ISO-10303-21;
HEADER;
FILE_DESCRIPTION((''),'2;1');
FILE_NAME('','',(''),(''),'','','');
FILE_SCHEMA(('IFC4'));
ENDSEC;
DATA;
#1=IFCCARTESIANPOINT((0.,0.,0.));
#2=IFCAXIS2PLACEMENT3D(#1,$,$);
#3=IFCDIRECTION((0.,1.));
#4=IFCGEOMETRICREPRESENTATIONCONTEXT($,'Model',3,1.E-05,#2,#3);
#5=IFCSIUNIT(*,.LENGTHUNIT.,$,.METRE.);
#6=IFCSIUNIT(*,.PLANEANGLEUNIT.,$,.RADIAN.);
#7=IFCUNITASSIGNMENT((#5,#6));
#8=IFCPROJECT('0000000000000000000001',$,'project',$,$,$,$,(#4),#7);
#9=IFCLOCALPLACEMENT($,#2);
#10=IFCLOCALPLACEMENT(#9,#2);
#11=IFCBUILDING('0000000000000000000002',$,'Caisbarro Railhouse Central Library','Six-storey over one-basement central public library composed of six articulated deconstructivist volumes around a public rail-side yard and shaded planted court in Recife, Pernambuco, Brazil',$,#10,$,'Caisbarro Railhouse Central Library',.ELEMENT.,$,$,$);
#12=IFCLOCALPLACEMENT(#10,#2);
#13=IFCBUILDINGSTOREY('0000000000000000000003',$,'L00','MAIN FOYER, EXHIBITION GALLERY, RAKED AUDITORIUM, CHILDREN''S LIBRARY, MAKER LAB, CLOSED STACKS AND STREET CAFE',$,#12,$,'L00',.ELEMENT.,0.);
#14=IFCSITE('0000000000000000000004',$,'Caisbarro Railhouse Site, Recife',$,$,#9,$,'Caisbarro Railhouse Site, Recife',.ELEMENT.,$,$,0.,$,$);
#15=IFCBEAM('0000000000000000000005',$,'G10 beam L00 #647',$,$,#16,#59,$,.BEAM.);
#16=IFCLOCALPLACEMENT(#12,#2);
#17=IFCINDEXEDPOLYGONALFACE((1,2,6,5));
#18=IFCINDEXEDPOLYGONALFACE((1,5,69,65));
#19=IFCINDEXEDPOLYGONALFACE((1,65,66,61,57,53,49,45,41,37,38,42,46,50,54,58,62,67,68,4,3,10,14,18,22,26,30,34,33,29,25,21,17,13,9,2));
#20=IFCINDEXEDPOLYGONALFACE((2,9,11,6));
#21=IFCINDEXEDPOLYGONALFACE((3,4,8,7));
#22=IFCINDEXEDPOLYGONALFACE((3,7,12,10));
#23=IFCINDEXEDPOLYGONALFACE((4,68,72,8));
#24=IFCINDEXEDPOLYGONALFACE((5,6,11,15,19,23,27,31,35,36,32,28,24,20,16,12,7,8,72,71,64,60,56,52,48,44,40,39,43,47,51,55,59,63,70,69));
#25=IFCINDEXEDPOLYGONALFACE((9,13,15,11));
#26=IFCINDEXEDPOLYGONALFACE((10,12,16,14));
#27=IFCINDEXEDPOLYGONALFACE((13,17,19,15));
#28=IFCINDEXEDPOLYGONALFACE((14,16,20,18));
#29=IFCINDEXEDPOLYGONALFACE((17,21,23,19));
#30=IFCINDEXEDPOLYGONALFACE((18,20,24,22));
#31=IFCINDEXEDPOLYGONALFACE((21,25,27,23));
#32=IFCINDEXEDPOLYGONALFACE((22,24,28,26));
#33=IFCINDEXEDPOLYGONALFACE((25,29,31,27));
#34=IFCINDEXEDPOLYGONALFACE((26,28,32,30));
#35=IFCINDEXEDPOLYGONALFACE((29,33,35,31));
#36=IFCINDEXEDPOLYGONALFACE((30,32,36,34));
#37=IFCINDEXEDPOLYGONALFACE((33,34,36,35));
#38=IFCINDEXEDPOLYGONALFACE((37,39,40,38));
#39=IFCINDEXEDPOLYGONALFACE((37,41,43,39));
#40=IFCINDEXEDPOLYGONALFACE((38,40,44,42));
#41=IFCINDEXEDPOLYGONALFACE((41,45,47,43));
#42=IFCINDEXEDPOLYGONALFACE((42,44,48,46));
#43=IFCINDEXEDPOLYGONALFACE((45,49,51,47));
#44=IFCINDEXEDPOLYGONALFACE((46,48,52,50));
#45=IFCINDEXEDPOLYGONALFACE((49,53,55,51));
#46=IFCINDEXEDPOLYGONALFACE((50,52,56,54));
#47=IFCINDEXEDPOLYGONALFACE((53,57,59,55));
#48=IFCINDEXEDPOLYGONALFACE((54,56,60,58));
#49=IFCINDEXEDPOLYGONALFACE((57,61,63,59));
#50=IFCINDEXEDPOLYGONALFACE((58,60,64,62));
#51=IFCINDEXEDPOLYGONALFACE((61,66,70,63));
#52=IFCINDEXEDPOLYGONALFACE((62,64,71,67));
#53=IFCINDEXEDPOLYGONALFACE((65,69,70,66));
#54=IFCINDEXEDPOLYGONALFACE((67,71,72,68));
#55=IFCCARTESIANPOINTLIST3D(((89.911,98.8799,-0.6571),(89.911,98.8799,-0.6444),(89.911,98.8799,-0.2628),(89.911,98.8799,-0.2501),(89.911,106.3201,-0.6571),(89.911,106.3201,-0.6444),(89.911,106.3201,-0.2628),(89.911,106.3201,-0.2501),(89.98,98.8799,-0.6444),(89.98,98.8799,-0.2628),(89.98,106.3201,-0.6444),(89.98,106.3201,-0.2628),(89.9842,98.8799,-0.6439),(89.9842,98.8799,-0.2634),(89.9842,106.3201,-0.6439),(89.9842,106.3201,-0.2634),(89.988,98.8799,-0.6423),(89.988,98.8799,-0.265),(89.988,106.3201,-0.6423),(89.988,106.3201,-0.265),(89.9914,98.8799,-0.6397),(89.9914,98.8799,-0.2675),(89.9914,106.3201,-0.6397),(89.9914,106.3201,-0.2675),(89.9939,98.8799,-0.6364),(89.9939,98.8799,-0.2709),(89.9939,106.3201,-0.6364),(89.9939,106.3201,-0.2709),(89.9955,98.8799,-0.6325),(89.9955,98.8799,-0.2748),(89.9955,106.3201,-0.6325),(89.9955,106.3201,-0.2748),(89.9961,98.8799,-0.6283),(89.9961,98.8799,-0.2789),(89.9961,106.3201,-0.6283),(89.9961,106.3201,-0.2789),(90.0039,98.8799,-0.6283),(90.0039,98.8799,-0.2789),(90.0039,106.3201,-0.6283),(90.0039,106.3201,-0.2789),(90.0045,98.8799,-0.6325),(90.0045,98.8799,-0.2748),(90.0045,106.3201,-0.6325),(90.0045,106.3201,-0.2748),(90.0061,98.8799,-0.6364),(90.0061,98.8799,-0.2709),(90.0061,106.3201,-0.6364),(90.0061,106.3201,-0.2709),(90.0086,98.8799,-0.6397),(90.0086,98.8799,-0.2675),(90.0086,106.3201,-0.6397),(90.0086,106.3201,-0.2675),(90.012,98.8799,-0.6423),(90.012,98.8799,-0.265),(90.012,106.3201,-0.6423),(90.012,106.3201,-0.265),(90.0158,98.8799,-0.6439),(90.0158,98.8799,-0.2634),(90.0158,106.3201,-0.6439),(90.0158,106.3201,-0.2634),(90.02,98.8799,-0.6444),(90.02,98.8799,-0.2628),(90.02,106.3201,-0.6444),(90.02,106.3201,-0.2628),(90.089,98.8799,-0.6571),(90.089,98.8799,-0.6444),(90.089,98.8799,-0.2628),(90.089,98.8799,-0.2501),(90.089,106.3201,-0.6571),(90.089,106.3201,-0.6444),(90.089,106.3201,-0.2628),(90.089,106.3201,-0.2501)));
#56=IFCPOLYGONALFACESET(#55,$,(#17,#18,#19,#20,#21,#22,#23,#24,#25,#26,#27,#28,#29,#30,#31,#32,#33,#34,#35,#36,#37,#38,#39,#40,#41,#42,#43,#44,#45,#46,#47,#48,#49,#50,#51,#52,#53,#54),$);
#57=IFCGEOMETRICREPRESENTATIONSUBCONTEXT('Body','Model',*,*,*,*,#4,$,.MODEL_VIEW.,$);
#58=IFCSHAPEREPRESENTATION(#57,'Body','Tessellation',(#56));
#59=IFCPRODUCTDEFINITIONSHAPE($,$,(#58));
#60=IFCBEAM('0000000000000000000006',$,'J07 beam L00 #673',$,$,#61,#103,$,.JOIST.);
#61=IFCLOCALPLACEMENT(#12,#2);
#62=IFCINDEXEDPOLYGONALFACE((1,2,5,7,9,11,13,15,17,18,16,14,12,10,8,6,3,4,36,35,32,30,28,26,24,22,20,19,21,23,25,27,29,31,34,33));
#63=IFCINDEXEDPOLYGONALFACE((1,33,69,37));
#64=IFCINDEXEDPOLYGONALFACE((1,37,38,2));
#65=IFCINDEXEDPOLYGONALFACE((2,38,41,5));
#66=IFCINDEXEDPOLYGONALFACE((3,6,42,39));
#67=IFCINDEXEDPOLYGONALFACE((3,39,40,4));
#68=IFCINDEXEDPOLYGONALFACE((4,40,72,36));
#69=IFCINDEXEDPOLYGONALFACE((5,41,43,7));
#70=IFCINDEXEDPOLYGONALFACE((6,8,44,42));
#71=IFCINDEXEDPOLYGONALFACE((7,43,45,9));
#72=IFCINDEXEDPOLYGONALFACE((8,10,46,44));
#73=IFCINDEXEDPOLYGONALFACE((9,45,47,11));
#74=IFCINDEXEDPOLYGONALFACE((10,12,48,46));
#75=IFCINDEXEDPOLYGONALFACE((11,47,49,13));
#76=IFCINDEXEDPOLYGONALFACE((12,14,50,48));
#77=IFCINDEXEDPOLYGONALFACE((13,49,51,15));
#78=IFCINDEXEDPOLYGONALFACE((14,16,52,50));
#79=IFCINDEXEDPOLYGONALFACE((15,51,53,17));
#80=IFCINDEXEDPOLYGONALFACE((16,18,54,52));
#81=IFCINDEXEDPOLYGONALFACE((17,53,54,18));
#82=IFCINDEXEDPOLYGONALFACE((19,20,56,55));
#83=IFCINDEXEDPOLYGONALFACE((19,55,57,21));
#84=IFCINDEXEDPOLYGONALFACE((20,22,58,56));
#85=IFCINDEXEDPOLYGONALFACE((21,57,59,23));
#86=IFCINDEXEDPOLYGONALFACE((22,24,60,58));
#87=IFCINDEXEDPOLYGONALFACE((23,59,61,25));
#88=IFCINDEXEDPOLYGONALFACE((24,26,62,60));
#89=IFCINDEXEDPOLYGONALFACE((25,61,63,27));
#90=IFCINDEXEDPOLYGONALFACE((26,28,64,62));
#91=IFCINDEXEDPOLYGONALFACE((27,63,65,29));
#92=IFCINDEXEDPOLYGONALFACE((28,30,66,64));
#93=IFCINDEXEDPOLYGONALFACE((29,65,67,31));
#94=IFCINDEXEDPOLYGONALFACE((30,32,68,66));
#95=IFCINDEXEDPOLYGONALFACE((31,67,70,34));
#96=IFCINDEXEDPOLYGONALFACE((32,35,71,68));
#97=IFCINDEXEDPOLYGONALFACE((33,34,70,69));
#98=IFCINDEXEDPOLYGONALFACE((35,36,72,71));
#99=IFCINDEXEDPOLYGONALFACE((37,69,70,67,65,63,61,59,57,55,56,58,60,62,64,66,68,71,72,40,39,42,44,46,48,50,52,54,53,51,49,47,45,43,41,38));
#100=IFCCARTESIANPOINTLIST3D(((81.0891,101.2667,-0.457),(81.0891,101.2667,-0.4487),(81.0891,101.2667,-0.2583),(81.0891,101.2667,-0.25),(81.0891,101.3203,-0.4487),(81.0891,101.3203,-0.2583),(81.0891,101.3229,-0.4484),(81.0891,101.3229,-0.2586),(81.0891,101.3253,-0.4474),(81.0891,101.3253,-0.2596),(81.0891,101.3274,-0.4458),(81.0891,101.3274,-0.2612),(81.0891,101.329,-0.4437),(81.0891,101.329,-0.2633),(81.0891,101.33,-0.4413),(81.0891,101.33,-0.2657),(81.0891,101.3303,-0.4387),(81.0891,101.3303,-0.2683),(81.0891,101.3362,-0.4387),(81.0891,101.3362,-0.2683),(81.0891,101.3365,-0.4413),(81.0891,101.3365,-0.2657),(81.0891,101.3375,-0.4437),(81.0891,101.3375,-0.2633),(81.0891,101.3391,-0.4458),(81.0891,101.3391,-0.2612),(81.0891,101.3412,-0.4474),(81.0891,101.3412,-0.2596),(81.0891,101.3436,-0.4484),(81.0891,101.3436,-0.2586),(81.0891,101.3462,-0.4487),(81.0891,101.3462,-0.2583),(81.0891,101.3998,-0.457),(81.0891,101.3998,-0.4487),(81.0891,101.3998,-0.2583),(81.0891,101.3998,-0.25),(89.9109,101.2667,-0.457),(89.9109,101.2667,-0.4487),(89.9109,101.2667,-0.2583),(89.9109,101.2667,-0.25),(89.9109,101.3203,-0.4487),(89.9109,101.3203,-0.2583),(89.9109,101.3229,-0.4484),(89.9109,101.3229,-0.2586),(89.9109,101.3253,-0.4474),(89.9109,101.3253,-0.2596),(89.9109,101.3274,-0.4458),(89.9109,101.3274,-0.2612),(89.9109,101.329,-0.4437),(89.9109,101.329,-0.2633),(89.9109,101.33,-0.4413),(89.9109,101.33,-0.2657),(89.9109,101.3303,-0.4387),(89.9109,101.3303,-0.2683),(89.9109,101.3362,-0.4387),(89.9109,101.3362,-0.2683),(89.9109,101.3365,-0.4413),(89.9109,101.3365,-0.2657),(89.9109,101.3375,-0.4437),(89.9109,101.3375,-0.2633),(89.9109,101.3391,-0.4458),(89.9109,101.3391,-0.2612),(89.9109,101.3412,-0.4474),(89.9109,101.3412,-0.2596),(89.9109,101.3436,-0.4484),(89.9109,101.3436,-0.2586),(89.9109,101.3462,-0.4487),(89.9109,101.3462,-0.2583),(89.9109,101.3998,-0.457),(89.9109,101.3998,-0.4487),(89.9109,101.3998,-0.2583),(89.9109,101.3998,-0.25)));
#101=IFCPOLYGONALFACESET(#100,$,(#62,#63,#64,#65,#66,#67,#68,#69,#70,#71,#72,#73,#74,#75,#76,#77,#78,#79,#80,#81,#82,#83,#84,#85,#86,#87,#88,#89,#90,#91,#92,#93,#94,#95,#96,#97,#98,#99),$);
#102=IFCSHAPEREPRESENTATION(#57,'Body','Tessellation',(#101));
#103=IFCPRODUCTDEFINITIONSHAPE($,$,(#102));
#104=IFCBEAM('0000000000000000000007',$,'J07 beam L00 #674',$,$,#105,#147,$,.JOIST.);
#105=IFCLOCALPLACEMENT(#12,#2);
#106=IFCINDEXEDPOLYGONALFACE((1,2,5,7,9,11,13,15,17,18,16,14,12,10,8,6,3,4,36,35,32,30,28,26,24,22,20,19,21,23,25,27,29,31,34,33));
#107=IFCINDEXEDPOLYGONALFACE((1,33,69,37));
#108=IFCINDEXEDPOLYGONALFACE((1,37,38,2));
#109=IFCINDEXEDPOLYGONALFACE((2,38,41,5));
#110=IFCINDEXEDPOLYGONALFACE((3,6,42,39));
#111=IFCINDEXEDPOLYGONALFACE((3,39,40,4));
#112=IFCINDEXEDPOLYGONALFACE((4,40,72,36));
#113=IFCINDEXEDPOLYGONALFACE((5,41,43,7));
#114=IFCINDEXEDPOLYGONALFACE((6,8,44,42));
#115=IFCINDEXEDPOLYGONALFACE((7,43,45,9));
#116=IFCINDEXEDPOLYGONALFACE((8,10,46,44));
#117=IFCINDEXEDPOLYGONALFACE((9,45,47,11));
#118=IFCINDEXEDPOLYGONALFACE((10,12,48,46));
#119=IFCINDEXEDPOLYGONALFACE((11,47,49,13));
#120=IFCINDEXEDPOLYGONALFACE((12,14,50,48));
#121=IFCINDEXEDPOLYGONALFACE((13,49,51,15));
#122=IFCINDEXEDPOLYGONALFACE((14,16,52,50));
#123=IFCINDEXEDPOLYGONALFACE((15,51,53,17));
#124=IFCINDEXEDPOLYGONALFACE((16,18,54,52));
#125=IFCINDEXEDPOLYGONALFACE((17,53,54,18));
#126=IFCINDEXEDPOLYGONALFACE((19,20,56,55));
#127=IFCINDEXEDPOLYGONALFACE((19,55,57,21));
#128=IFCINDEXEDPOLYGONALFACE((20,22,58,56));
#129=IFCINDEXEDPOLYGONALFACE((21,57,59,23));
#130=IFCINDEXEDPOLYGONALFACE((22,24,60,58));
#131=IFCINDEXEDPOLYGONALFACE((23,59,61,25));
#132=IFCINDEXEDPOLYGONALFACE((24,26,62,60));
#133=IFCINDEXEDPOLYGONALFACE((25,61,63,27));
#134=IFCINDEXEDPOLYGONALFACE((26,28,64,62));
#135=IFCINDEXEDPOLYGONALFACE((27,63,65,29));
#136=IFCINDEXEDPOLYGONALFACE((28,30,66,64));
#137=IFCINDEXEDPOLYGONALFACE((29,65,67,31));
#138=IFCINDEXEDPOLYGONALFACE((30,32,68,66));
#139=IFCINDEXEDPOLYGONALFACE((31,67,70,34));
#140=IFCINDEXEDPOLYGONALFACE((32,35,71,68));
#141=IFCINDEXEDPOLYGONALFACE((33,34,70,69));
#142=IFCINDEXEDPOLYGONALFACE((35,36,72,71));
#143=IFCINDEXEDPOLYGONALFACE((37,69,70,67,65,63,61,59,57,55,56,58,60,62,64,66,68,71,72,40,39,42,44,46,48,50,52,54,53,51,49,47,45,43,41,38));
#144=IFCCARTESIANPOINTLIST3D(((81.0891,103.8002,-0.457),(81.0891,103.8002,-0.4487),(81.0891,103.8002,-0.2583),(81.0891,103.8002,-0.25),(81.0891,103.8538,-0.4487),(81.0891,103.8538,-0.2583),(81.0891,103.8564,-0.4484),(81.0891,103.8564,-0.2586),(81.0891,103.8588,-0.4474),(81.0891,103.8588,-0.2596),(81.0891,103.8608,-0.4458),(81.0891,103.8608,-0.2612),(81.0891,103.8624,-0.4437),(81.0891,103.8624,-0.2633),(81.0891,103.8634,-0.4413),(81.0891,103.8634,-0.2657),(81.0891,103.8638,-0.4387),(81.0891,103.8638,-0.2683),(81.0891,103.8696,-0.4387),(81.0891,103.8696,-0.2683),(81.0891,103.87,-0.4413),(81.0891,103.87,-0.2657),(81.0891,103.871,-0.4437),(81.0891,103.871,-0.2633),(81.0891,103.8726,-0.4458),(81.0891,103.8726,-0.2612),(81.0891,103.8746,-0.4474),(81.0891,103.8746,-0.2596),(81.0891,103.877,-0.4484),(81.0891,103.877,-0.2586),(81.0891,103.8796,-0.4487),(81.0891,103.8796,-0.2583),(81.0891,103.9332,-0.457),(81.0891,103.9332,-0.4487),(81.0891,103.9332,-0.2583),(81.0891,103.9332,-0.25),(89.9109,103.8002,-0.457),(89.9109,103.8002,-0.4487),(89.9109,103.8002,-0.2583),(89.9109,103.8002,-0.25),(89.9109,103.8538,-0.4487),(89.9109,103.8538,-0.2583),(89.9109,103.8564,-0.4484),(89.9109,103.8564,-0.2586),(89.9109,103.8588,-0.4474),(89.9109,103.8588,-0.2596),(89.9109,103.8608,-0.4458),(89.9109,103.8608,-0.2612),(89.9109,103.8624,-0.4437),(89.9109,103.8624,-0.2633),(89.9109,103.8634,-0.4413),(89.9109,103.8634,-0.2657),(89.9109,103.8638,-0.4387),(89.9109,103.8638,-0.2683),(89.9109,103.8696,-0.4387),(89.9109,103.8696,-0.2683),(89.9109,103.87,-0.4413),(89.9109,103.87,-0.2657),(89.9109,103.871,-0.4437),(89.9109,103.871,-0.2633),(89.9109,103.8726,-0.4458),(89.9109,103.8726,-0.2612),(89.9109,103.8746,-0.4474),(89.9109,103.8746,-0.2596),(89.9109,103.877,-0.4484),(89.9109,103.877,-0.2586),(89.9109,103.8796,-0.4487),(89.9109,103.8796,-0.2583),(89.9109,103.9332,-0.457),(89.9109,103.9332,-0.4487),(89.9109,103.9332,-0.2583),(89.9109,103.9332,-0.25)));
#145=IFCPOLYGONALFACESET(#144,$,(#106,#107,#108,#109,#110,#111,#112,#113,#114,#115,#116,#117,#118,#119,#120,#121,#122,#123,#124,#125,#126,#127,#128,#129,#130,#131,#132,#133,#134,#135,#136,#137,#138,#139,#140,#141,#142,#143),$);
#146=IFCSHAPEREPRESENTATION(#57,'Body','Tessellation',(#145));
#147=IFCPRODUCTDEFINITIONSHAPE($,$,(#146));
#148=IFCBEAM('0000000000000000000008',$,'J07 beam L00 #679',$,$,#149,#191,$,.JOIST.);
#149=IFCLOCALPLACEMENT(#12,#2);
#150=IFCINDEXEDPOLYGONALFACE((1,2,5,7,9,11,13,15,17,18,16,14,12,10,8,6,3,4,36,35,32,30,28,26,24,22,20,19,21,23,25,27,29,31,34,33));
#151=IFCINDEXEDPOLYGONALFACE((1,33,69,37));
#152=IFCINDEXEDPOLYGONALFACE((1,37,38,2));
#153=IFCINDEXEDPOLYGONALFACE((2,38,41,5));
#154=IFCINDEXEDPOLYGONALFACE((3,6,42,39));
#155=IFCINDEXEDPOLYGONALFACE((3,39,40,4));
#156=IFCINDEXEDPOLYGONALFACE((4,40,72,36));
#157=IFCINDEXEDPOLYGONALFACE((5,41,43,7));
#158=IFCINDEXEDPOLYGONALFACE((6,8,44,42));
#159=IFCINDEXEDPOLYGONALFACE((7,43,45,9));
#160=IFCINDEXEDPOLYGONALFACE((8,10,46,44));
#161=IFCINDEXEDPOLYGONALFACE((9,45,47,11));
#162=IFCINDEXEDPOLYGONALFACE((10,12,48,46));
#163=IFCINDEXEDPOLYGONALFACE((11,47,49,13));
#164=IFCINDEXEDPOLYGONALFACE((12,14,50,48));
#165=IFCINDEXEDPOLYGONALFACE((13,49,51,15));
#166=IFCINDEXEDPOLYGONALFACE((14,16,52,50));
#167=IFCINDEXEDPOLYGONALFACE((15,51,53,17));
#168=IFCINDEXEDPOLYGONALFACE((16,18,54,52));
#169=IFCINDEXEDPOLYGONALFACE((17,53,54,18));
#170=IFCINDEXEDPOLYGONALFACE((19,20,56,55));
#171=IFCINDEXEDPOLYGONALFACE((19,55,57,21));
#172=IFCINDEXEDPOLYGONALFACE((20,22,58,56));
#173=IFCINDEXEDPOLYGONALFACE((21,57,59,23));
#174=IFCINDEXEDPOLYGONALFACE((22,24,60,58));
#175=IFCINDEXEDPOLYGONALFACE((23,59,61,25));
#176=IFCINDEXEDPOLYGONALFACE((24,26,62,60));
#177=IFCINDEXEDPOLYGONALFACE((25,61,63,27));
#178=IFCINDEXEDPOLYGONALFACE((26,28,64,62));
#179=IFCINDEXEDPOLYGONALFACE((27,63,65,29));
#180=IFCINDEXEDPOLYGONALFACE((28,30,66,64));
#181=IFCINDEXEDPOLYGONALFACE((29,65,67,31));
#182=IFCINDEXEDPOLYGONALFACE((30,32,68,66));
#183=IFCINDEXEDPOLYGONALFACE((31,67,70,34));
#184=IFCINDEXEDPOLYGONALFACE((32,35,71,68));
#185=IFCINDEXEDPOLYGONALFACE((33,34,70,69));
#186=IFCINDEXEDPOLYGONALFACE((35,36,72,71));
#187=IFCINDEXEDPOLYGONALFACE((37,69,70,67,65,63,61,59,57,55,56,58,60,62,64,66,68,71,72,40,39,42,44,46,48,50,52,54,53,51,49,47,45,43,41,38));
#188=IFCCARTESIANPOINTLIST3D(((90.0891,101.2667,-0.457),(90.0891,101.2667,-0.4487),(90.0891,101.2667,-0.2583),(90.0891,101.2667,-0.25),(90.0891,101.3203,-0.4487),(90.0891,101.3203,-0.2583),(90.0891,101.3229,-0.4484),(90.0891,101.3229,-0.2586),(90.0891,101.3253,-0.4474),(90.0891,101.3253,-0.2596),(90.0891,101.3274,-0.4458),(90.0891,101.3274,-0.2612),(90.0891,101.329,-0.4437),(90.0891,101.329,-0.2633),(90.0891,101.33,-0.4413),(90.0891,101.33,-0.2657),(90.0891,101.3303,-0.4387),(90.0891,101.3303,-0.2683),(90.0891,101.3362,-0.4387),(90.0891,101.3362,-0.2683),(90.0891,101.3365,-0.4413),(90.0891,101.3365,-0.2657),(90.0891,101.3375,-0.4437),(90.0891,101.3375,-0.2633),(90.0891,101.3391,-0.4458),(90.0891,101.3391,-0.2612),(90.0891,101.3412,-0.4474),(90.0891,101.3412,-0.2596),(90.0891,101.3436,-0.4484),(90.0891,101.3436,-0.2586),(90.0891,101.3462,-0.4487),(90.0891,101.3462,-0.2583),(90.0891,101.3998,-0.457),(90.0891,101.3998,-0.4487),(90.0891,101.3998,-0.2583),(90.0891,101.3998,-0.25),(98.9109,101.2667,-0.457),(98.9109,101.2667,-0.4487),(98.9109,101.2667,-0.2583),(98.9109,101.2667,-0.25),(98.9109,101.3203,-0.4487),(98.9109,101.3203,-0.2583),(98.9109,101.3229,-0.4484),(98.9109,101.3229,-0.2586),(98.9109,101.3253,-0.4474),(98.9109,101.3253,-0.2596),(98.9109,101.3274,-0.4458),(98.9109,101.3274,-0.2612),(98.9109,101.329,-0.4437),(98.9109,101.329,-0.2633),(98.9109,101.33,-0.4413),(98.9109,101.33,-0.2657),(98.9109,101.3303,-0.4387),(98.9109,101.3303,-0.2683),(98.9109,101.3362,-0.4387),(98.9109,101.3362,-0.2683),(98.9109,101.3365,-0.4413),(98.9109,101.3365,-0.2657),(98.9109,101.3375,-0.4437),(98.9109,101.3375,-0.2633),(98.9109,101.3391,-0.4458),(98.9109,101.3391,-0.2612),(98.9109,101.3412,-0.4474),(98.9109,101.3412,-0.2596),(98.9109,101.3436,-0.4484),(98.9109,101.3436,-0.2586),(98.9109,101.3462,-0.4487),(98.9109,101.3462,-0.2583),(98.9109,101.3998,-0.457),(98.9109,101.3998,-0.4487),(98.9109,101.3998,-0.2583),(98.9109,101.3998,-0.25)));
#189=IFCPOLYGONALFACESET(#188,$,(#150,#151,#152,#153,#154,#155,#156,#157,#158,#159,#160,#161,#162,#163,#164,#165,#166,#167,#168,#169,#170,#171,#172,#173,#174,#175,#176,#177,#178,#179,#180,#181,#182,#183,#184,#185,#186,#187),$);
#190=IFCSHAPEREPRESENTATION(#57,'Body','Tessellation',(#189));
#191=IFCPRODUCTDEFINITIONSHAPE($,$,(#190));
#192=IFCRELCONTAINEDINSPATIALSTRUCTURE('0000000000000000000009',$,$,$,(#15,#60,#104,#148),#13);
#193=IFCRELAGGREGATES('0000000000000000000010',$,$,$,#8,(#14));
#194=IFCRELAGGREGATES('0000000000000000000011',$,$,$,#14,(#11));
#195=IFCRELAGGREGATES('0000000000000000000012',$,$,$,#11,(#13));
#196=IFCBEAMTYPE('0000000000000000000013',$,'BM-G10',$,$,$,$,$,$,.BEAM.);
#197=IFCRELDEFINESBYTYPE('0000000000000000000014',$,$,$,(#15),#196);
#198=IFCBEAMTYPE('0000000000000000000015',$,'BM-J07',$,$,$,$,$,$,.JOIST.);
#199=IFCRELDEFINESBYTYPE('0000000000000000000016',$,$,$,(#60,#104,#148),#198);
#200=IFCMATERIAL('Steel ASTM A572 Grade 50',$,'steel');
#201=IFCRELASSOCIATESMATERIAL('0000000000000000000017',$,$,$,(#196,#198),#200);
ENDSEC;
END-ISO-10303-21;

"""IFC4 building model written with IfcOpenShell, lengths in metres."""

from ifc_helpers import new_model, si_unit, direction, frame, origin, origin_2d, place, context, subcontext, project, spatial, i_section, extrude, material, material_profile, profile_set, type_object, element, save


model = new_model("IFC4")

# Units and contexts
model_context = context("Model", 3, precision=1e-05, world=origin(), true_north=direction((0.0, 1.0)))
body_context = subcontext(model_context, "Body", "Model", "MODEL_VIEW")
ifc_project = project(units=[si_unit("LENGTHUNIT", "METRE"), si_unit("PLANEANGLEUNIT", "RADIAN")], contexts=[model_context])

# Site, building, storey
site_placement = place(None, origin())
site = spatial("IfcSite", under=ifc_project, at=site_placement, Name="Caisbarro Railhouse Site, Recife", LongName="Caisbarro Railhouse Site, Recife", CompositionType="ELEMENT", RefElevation=0.0)
building_placement = place(site_placement, origin())
building = spatial("IfcBuilding", under=site, at=building_placement, Name="Caisbarro Railhouse Central Library", Description="Six-storey over one-basement central public library composed of six articulated deconstructivist volumes around a public rail-side yard and shaded planted court in Recife, Pernambuco, Brazil", LongName="Caisbarro Railhouse Central Library", CompositionType="ELEMENT")
storey_placement = place(building_placement, origin())
storey = spatial("IfcBuildingStorey", under=building, at=storey_placement, Name="L00", Description="MAIN FOYER, EXHIBITION GALLERY, RAKED AUDITORIUM, CHILDREN'S LIBRARY, MAKER LAB, CLOSED STACKS AND STREET CAFE", LongName="L00", CompositionType="ELEMENT", Elevation=0.0)

# Shared definitions
ifc_material_1 = material(Name="Steel ASTM A572 Grade 50", Category="steel")

# Beams
ifc_material_profile_1 = material_profile(ifc_material_1, i_section(OverallWidth=0.178, OverallDepth=0.407, WebThickness=0.0078, FlangeThickness=0.0127, FilletRadius=0.0161, at=origin_2d()), Name="W410X60.0")
ifc_profile_set_1 = profile_set([ifc_material_profile_1], Name="Steel ASTM A572 Grade 50")
beam_type_1 = type_object("IfcBeamType", Name="BM-G10", PredefinedType="BEAM", material=ifc_profile_set_1)
beam_placement = place(storey_placement, frame((90.0, 98.8799, -0.4536), z_axis=(0.0, 1.0, 0.0), x_axis=(-1.0, 0.0, 0.0)))
element("IfcBeam", 1, at=beam_placement, inside=storey, type_object=beam_type_1, Name="G10 beam L00 #647", PredefinedType="BEAM", context=body_context, shape_type="SweptSolid", body=[
    extrude(i_section(OverallWidth=0.178, OverallDepth=0.407, WebThickness=0.0078, FlangeThickness=0.0127, FilletRadius=0.0161, at=origin_2d()), origin(), (0.0, 0.0, 1.0), 7.4402),
])
ifc_material_profile_2 = material_profile(ifc_material_1, i_section(OverallWidth=0.1331, OverallDepth=0.207, WebThickness=0.0059, FlangeThickness=0.0083, FilletRadius=0.01, at=origin_2d()), Name="W200X26.6")
ifc_profile_set_2 = profile_set([ifc_material_profile_2], Name="Steel ASTM A572 Grade 50")
beam_type_2 = type_object("IfcBeamType", Name="BM-J07", PredefinedType="JOIST", material=ifc_profile_set_2)
for number, where, z_axis, x_axis, name in (
    (2, (81.0891, 101.3333, -0.3535), (1.0, 0.0, 0.0), (0.0, 1.0, 0.0), "J07 beam L00 #673"),
    (3, (81.0891, 103.8667, -0.3535), (1.0, 0.0, 0.0), (0.0, 1.0, 0.0), "J07 beam L00 #674"),
    (4, (90.0891, 101.3333, -0.3535), (1.0, 0.0, 0.0), (0.0, 1.0, 0.0), "J07 beam L00 #679"),
):
    element("IfcBeam", number, at=place(storey_placement, frame(where, z_axis=z_axis, x_axis=x_axis)), inside=storey, type_object=beam_type_2, Name=name, PredefinedType="JOIST", context=body_context, shape_type="SweptSolid", body=[
        extrude(i_section(OverallWidth=0.1331, OverallDepth=0.207, WebThickness=0.0059, FlangeThickness=0.0083, FilletRadius=0.01, at=origin_2d()), origin(), (0.0, 0.0, 1.0), 8.8218),
    ])

save(model, "model.ifc")
